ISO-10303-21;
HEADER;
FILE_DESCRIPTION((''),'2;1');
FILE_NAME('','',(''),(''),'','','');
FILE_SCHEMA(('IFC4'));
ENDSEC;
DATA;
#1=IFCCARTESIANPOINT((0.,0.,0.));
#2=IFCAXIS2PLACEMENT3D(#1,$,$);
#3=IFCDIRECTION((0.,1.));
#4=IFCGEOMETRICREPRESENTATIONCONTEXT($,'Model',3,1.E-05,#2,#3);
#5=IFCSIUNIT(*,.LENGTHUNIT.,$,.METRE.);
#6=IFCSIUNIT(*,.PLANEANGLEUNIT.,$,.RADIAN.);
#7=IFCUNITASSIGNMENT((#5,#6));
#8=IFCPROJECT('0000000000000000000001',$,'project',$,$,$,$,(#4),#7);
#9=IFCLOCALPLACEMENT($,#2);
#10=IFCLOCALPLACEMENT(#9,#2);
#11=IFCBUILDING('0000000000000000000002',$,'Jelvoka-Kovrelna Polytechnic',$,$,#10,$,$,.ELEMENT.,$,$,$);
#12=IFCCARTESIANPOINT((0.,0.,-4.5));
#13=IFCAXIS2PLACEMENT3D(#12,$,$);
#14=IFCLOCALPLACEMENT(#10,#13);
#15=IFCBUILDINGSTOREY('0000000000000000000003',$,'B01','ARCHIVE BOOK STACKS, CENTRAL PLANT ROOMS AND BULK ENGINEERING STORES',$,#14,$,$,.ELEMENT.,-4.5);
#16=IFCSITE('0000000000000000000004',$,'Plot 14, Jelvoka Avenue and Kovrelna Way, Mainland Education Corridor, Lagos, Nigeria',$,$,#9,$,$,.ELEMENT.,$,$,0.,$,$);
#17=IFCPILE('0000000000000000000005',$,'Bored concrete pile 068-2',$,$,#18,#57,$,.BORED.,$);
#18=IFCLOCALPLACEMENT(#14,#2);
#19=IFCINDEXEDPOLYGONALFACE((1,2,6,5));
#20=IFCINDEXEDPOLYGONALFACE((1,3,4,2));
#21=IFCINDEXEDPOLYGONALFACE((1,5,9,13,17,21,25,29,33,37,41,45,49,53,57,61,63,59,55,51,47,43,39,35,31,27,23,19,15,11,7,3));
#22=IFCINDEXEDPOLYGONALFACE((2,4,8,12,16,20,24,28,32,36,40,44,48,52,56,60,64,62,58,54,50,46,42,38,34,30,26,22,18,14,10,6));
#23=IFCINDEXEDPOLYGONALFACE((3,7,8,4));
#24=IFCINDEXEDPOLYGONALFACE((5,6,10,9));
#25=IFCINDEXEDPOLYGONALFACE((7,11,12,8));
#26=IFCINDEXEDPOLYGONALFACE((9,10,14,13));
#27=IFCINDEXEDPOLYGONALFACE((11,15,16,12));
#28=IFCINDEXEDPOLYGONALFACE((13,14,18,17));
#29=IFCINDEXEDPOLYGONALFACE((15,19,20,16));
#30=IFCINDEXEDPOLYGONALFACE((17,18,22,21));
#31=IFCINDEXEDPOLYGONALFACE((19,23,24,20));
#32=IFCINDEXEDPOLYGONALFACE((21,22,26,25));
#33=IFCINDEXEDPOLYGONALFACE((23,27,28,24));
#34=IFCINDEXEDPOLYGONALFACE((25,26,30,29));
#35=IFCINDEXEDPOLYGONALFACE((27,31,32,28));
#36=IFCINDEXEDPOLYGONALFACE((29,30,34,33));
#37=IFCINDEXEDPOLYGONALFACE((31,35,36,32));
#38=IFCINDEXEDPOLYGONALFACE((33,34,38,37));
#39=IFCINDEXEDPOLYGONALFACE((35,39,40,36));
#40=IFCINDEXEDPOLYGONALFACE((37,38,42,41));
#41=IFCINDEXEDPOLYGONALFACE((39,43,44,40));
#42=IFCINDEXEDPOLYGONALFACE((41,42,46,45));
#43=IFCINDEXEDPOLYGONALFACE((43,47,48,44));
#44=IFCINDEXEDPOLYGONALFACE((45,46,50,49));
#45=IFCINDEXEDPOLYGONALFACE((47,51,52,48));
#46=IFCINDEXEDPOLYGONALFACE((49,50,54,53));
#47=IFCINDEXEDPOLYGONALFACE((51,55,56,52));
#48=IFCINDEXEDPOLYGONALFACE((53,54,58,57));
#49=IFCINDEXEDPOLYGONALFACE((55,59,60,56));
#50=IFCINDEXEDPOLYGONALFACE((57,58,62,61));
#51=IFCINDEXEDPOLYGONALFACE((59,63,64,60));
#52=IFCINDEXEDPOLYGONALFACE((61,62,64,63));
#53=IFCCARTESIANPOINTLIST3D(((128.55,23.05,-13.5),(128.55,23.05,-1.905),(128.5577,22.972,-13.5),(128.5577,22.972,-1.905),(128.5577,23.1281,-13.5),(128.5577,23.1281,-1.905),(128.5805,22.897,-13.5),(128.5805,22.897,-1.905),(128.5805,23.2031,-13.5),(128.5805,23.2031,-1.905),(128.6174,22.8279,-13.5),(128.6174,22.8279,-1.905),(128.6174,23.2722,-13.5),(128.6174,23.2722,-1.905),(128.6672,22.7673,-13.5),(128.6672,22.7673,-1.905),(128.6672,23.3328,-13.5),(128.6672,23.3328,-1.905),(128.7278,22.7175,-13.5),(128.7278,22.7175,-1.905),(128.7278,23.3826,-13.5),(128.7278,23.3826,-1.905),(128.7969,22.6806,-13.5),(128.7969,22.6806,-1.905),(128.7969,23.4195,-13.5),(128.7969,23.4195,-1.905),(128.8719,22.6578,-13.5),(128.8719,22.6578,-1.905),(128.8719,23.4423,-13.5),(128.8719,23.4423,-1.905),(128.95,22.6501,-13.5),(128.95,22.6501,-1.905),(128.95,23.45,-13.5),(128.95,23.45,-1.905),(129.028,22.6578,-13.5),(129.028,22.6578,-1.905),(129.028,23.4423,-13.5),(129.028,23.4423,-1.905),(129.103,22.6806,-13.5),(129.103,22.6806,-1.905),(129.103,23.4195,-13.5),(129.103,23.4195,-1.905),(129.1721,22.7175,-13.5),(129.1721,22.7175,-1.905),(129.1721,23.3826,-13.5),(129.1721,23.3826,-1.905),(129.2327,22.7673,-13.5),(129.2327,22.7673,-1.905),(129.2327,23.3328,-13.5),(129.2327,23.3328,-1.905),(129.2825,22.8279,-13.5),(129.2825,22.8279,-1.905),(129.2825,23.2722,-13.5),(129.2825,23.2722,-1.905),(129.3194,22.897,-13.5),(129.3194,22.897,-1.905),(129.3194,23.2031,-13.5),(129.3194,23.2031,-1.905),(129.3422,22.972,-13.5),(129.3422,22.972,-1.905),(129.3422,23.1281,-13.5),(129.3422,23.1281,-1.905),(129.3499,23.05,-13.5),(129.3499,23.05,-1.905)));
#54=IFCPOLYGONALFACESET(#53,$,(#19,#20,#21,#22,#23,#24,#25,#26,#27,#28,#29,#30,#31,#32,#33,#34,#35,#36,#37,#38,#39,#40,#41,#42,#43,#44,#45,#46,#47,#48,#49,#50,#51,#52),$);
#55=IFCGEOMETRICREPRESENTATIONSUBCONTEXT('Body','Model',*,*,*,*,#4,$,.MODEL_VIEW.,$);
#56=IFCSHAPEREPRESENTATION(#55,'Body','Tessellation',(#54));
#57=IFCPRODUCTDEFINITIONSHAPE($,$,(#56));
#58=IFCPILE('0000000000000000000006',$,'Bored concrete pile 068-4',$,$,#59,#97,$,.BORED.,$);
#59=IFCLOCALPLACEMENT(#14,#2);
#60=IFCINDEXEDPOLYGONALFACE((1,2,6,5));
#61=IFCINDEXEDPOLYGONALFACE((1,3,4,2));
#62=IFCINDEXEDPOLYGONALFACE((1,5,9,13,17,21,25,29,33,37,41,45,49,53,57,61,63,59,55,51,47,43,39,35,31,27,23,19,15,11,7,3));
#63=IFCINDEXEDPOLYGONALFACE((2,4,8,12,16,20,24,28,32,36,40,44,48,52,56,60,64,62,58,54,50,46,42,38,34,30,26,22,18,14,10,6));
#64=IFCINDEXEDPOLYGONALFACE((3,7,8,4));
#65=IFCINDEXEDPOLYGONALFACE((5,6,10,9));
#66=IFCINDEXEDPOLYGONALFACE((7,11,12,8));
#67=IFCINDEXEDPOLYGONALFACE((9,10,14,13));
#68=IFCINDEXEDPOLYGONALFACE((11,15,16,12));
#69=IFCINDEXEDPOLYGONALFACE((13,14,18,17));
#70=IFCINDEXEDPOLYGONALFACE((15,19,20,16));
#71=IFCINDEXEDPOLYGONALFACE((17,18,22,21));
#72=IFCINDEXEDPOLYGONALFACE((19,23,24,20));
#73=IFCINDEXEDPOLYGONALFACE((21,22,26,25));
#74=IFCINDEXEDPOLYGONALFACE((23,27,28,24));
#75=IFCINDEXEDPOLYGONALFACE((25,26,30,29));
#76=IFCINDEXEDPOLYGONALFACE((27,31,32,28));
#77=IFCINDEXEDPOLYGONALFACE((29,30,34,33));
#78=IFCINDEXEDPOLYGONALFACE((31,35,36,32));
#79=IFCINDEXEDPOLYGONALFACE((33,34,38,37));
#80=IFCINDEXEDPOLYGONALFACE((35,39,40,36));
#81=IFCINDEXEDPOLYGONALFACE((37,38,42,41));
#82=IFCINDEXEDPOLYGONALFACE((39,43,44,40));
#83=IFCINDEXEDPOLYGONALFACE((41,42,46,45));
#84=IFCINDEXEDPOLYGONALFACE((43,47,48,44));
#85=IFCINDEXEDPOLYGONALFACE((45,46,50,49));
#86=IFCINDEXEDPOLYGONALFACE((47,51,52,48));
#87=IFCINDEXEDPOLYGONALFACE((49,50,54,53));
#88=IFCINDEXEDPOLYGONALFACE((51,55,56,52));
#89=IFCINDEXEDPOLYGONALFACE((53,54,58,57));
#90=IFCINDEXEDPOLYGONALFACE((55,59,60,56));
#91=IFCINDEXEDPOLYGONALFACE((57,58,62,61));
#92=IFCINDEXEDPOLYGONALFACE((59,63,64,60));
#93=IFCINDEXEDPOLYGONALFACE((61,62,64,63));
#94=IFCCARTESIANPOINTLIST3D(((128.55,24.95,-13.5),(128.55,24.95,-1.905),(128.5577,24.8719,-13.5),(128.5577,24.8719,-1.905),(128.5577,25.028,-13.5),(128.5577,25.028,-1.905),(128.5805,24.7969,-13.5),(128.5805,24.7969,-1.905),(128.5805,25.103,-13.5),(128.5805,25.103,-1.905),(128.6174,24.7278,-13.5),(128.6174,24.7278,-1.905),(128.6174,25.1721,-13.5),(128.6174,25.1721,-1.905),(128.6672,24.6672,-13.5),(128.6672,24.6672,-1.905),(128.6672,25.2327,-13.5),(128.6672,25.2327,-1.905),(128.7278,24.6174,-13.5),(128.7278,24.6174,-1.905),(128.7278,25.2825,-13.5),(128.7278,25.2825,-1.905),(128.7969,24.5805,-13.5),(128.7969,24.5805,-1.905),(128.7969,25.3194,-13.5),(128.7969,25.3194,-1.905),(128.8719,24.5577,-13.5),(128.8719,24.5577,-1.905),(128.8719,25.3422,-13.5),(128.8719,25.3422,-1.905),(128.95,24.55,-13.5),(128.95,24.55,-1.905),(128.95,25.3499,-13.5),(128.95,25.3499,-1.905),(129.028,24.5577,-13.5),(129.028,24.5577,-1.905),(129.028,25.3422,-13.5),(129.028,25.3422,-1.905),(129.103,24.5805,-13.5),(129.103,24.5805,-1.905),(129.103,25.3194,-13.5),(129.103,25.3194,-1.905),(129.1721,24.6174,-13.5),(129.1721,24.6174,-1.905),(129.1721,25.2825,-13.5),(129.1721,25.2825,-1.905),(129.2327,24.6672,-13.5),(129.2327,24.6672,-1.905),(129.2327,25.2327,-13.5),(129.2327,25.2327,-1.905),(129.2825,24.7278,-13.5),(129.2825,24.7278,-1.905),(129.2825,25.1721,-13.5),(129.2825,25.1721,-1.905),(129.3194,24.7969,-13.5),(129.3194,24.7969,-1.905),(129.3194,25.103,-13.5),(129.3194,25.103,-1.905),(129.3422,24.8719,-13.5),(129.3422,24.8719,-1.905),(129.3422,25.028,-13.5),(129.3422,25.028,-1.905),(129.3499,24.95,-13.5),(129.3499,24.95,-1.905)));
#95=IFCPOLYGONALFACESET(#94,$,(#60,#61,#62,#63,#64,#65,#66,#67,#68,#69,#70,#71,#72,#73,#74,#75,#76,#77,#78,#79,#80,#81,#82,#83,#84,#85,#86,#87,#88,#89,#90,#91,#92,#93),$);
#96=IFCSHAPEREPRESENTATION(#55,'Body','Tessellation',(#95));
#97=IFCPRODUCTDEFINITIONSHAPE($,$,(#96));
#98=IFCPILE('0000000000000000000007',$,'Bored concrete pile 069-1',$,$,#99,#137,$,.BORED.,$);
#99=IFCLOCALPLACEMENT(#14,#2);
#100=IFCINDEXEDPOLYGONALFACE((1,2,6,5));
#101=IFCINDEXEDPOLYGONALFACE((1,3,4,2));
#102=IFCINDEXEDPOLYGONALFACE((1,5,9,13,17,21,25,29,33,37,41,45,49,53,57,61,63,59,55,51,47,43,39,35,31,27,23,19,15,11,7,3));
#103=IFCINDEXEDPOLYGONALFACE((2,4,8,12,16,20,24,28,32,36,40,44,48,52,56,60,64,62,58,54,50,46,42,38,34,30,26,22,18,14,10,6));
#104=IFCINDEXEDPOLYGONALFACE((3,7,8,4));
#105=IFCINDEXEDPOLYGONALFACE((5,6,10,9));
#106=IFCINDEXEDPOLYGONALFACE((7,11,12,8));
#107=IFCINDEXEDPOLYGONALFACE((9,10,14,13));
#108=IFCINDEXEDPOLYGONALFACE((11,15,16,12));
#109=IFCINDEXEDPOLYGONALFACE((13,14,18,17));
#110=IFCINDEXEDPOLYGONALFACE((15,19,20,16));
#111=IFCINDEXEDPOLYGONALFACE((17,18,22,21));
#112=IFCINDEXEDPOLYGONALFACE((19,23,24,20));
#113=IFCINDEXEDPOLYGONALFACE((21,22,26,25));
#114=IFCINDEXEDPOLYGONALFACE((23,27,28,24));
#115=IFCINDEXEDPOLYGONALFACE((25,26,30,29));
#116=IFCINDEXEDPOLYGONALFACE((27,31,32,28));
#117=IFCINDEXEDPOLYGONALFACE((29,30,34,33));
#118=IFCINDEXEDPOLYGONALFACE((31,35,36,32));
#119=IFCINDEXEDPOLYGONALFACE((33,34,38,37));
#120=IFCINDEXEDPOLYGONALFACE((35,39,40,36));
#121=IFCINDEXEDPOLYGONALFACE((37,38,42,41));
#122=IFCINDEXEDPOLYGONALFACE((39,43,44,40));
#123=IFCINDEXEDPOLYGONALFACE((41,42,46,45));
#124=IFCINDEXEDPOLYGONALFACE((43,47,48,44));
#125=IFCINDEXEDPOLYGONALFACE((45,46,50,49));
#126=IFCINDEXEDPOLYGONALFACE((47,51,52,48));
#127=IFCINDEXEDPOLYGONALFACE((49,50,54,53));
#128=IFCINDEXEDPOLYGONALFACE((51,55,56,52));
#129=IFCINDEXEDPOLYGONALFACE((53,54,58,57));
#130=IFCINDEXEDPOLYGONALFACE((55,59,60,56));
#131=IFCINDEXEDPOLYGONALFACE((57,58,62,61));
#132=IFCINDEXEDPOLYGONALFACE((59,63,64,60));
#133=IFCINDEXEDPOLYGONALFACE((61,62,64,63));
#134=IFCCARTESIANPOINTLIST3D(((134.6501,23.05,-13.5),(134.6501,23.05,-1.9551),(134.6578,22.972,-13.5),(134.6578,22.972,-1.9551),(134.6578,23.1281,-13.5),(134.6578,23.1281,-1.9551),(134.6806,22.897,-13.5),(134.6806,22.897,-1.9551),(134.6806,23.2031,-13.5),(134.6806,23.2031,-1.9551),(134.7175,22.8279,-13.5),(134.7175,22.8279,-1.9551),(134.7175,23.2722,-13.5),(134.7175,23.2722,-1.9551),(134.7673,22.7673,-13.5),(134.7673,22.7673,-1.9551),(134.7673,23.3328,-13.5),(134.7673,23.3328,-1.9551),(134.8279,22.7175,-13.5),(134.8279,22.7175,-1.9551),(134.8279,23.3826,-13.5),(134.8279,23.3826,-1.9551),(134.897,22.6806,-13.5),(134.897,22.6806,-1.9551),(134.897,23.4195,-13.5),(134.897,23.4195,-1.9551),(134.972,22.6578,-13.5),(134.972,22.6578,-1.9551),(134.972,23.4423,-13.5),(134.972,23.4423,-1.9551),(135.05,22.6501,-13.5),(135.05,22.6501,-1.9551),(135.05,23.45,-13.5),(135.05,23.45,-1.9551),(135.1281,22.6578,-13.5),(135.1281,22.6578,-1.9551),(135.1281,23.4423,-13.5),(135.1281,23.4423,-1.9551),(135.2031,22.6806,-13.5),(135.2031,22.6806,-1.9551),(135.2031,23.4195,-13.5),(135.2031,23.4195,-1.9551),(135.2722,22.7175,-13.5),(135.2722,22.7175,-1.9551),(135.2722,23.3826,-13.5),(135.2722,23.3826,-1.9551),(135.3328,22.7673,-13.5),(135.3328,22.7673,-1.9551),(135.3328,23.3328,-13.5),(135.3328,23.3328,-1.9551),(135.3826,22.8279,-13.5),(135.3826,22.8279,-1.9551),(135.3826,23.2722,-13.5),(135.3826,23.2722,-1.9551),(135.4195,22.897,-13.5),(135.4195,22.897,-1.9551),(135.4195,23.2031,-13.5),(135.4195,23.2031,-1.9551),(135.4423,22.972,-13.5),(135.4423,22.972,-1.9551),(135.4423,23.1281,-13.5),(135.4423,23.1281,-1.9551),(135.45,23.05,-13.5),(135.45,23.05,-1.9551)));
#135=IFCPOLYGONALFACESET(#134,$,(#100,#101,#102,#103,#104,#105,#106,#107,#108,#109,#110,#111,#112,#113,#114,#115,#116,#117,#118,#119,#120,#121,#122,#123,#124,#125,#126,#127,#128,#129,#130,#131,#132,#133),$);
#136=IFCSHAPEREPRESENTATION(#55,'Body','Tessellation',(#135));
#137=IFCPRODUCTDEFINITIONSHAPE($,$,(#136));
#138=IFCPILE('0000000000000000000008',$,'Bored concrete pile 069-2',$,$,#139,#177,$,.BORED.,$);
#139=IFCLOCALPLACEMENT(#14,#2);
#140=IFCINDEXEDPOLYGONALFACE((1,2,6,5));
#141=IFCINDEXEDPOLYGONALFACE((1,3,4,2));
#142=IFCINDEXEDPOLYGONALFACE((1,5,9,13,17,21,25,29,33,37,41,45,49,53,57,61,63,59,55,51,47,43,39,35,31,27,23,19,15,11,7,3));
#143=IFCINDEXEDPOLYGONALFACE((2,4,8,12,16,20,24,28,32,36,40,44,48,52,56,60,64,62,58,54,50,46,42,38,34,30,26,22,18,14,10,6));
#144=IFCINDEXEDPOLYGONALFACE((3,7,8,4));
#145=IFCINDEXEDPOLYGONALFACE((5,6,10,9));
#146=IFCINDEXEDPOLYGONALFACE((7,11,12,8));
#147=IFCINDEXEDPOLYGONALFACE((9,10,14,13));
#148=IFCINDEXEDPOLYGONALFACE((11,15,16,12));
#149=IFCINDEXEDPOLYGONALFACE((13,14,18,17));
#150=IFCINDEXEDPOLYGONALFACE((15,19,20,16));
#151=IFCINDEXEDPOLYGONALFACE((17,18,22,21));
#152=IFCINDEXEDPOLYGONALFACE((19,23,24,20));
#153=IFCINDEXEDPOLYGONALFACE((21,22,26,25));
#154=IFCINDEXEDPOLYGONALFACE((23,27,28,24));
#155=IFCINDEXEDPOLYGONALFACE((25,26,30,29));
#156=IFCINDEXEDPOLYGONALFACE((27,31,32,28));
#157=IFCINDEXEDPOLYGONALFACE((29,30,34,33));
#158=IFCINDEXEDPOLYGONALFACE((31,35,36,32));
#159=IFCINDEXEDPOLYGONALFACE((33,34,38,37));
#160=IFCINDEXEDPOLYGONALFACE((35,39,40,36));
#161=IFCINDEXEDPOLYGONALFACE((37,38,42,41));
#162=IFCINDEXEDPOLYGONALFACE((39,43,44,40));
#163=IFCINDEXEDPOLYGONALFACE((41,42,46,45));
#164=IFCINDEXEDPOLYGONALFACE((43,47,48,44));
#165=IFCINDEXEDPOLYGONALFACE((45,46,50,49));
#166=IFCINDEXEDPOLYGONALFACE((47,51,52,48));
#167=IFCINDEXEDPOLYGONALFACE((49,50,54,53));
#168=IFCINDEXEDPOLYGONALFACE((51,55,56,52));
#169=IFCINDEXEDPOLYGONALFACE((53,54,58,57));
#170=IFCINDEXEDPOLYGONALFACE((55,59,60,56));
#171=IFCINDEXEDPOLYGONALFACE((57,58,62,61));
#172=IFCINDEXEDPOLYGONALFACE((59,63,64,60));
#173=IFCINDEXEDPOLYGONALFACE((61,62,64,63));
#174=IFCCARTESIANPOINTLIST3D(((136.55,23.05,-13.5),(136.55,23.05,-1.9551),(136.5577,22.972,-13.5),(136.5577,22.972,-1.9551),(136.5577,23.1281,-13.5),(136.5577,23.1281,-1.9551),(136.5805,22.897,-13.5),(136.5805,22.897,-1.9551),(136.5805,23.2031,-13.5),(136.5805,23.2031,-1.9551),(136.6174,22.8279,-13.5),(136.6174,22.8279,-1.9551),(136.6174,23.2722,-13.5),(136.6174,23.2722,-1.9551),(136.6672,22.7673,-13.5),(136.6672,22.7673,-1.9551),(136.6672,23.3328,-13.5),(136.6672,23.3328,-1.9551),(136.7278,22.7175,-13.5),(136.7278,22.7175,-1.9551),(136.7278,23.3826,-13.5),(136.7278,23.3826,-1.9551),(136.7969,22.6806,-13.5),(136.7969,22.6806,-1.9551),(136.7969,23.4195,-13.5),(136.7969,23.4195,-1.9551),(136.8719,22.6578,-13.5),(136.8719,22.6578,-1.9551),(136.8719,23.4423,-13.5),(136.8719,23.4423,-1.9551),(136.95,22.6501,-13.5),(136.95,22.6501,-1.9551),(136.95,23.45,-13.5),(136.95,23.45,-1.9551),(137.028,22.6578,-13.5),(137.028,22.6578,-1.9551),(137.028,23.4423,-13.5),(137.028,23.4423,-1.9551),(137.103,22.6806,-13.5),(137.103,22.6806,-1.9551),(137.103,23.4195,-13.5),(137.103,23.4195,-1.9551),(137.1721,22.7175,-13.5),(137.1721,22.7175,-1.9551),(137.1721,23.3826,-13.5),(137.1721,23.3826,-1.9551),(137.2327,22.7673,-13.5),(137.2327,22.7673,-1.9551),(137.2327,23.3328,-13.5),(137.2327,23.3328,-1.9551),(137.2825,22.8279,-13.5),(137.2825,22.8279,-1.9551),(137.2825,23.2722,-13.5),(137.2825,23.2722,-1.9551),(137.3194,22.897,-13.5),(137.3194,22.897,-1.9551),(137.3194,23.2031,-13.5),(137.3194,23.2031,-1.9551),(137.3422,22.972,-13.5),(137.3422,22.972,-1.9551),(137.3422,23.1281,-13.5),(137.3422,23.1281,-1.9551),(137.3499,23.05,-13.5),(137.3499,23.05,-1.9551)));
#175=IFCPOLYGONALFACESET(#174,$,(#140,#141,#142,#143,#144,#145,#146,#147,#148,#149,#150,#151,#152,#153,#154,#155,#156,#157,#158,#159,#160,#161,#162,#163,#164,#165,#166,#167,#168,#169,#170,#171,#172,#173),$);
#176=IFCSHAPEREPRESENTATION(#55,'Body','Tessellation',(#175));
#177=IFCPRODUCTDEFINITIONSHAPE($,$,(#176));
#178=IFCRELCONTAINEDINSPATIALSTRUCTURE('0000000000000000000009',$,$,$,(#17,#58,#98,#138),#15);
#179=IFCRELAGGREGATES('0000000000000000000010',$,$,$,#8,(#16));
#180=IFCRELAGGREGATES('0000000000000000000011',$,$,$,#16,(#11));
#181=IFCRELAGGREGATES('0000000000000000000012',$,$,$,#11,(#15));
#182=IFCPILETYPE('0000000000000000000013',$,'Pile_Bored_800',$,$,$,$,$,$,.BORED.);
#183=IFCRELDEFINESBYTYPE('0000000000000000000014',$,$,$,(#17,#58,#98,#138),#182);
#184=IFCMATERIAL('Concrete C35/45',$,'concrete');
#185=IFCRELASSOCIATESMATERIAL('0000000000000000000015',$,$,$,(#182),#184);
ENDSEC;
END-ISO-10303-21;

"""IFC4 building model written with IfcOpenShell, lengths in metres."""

from ifc_helpers import new_model, si_unit, direction, frame, origin, origin_2d, place, context, subcontext, project, spatial, circle, extrude, material, material_profile, profile_set, type_object, element, save


model = new_model("IFC4")

# Units and contexts
model_context = context("Model", 3, precision=1e-05, world=origin(), true_north=direction((0.0, 1.0)))
body_context = subcontext(model_context, "Body", "Model", "MODEL_VIEW")
ifc_project = project(units=[si_unit("LENGTHUNIT", "METRE"), si_unit("PLANEANGLEUNIT", "RADIAN")], contexts=[model_context])

# Site, building, storey
site_placement = place(None, origin())
site = spatial("IfcSite", under=ifc_project, at=site_placement, Name="Plot 14, Jelvoka Avenue and Kovrelna Way, Mainland Education Corridor, Lagos, Nigeria", CompositionType="ELEMENT", RefElevation=0.0)
building_placement = place(site_placement, origin())
building = spatial("IfcBuilding", under=site, at=building_placement, Name="Jelvoka-Kovrelna Polytechnic", CompositionType="ELEMENT")
storey_placement = place(building_placement, frame((0.0, 0.0, -4.5)))
storey = spatial("IfcBuildingStorey", under=building, at=storey_placement, Name="B01", Description="ARCHIVE BOOK STACKS, CENTRAL PLANT ROOMS AND BULK ENGINEERING STORES", CompositionType="ELEMENT", Elevation=-4.5)

# Piles
ifc_material_1 = material(Name="Concrete C35/45", Category="concrete")
ifc_material_profile_1 = material_profile(ifc_material_1, circle(Radius=0.3999, at=origin_2d()), Name="PILE D800")
ifc_profile_set_1 = profile_set([ifc_material_profile_1], Name="Concrete C35/45")
pile_type = type_object("IfcPileType", Name="Pile_Bored_800", PredefinedType="BORED", material=ifc_profile_set_1)
for number, where, z_axis, x_axis, name in (
    (1, (128.95, 23.05, -1.905), (0.0, 0.0, -1.0), (1.0, 0.0, 0.0), "Bored concrete pile 068-2"),
    (2, (128.95, 24.95, -1.905), (0.0, 0.0, -1.0), (1.0, 0.0, 0.0), "Bored concrete pile 068-4"),
):
    element("IfcPile", number, at=place(storey_placement, frame(where, z_axis=z_axis, x_axis=x_axis)), inside=storey, type_object=pile_type, Name=name, PredefinedType="BORED", context=body_context, shape_type="SweptSolid", body=[
        extrude(circle(Radius=0.3999, at=origin_2d()), origin(), (0.0, 0.0, 1.0), 11.595),
    ])
for number, where, z_axis, x_axis, name in (
    (3, (135.05, 23.05, -1.9551), (0.0, 0.0, -1.0), (1.0, 0.0, 0.0), "Bored concrete pile 069-1"),
    (4, (136.95, 23.05, -1.9551), (0.0, 0.0, -1.0), (1.0, 0.0, 0.0), "Bored concrete pile 069-2"),
):
    element("IfcPile", number, at=place(storey_placement, frame(where, z_axis=z_axis, x_axis=x_axis)), inside=storey, type_object=pile_type, Name=name, PredefinedType="BORED", context=body_context, shape_type="SweptSolid", body=[
        extrude(circle(Radius=0.3999, at=origin_2d()), origin(), (0.0, 0.0, 1.0), 11.5449),
    ])

save(model, "model.ifc")
